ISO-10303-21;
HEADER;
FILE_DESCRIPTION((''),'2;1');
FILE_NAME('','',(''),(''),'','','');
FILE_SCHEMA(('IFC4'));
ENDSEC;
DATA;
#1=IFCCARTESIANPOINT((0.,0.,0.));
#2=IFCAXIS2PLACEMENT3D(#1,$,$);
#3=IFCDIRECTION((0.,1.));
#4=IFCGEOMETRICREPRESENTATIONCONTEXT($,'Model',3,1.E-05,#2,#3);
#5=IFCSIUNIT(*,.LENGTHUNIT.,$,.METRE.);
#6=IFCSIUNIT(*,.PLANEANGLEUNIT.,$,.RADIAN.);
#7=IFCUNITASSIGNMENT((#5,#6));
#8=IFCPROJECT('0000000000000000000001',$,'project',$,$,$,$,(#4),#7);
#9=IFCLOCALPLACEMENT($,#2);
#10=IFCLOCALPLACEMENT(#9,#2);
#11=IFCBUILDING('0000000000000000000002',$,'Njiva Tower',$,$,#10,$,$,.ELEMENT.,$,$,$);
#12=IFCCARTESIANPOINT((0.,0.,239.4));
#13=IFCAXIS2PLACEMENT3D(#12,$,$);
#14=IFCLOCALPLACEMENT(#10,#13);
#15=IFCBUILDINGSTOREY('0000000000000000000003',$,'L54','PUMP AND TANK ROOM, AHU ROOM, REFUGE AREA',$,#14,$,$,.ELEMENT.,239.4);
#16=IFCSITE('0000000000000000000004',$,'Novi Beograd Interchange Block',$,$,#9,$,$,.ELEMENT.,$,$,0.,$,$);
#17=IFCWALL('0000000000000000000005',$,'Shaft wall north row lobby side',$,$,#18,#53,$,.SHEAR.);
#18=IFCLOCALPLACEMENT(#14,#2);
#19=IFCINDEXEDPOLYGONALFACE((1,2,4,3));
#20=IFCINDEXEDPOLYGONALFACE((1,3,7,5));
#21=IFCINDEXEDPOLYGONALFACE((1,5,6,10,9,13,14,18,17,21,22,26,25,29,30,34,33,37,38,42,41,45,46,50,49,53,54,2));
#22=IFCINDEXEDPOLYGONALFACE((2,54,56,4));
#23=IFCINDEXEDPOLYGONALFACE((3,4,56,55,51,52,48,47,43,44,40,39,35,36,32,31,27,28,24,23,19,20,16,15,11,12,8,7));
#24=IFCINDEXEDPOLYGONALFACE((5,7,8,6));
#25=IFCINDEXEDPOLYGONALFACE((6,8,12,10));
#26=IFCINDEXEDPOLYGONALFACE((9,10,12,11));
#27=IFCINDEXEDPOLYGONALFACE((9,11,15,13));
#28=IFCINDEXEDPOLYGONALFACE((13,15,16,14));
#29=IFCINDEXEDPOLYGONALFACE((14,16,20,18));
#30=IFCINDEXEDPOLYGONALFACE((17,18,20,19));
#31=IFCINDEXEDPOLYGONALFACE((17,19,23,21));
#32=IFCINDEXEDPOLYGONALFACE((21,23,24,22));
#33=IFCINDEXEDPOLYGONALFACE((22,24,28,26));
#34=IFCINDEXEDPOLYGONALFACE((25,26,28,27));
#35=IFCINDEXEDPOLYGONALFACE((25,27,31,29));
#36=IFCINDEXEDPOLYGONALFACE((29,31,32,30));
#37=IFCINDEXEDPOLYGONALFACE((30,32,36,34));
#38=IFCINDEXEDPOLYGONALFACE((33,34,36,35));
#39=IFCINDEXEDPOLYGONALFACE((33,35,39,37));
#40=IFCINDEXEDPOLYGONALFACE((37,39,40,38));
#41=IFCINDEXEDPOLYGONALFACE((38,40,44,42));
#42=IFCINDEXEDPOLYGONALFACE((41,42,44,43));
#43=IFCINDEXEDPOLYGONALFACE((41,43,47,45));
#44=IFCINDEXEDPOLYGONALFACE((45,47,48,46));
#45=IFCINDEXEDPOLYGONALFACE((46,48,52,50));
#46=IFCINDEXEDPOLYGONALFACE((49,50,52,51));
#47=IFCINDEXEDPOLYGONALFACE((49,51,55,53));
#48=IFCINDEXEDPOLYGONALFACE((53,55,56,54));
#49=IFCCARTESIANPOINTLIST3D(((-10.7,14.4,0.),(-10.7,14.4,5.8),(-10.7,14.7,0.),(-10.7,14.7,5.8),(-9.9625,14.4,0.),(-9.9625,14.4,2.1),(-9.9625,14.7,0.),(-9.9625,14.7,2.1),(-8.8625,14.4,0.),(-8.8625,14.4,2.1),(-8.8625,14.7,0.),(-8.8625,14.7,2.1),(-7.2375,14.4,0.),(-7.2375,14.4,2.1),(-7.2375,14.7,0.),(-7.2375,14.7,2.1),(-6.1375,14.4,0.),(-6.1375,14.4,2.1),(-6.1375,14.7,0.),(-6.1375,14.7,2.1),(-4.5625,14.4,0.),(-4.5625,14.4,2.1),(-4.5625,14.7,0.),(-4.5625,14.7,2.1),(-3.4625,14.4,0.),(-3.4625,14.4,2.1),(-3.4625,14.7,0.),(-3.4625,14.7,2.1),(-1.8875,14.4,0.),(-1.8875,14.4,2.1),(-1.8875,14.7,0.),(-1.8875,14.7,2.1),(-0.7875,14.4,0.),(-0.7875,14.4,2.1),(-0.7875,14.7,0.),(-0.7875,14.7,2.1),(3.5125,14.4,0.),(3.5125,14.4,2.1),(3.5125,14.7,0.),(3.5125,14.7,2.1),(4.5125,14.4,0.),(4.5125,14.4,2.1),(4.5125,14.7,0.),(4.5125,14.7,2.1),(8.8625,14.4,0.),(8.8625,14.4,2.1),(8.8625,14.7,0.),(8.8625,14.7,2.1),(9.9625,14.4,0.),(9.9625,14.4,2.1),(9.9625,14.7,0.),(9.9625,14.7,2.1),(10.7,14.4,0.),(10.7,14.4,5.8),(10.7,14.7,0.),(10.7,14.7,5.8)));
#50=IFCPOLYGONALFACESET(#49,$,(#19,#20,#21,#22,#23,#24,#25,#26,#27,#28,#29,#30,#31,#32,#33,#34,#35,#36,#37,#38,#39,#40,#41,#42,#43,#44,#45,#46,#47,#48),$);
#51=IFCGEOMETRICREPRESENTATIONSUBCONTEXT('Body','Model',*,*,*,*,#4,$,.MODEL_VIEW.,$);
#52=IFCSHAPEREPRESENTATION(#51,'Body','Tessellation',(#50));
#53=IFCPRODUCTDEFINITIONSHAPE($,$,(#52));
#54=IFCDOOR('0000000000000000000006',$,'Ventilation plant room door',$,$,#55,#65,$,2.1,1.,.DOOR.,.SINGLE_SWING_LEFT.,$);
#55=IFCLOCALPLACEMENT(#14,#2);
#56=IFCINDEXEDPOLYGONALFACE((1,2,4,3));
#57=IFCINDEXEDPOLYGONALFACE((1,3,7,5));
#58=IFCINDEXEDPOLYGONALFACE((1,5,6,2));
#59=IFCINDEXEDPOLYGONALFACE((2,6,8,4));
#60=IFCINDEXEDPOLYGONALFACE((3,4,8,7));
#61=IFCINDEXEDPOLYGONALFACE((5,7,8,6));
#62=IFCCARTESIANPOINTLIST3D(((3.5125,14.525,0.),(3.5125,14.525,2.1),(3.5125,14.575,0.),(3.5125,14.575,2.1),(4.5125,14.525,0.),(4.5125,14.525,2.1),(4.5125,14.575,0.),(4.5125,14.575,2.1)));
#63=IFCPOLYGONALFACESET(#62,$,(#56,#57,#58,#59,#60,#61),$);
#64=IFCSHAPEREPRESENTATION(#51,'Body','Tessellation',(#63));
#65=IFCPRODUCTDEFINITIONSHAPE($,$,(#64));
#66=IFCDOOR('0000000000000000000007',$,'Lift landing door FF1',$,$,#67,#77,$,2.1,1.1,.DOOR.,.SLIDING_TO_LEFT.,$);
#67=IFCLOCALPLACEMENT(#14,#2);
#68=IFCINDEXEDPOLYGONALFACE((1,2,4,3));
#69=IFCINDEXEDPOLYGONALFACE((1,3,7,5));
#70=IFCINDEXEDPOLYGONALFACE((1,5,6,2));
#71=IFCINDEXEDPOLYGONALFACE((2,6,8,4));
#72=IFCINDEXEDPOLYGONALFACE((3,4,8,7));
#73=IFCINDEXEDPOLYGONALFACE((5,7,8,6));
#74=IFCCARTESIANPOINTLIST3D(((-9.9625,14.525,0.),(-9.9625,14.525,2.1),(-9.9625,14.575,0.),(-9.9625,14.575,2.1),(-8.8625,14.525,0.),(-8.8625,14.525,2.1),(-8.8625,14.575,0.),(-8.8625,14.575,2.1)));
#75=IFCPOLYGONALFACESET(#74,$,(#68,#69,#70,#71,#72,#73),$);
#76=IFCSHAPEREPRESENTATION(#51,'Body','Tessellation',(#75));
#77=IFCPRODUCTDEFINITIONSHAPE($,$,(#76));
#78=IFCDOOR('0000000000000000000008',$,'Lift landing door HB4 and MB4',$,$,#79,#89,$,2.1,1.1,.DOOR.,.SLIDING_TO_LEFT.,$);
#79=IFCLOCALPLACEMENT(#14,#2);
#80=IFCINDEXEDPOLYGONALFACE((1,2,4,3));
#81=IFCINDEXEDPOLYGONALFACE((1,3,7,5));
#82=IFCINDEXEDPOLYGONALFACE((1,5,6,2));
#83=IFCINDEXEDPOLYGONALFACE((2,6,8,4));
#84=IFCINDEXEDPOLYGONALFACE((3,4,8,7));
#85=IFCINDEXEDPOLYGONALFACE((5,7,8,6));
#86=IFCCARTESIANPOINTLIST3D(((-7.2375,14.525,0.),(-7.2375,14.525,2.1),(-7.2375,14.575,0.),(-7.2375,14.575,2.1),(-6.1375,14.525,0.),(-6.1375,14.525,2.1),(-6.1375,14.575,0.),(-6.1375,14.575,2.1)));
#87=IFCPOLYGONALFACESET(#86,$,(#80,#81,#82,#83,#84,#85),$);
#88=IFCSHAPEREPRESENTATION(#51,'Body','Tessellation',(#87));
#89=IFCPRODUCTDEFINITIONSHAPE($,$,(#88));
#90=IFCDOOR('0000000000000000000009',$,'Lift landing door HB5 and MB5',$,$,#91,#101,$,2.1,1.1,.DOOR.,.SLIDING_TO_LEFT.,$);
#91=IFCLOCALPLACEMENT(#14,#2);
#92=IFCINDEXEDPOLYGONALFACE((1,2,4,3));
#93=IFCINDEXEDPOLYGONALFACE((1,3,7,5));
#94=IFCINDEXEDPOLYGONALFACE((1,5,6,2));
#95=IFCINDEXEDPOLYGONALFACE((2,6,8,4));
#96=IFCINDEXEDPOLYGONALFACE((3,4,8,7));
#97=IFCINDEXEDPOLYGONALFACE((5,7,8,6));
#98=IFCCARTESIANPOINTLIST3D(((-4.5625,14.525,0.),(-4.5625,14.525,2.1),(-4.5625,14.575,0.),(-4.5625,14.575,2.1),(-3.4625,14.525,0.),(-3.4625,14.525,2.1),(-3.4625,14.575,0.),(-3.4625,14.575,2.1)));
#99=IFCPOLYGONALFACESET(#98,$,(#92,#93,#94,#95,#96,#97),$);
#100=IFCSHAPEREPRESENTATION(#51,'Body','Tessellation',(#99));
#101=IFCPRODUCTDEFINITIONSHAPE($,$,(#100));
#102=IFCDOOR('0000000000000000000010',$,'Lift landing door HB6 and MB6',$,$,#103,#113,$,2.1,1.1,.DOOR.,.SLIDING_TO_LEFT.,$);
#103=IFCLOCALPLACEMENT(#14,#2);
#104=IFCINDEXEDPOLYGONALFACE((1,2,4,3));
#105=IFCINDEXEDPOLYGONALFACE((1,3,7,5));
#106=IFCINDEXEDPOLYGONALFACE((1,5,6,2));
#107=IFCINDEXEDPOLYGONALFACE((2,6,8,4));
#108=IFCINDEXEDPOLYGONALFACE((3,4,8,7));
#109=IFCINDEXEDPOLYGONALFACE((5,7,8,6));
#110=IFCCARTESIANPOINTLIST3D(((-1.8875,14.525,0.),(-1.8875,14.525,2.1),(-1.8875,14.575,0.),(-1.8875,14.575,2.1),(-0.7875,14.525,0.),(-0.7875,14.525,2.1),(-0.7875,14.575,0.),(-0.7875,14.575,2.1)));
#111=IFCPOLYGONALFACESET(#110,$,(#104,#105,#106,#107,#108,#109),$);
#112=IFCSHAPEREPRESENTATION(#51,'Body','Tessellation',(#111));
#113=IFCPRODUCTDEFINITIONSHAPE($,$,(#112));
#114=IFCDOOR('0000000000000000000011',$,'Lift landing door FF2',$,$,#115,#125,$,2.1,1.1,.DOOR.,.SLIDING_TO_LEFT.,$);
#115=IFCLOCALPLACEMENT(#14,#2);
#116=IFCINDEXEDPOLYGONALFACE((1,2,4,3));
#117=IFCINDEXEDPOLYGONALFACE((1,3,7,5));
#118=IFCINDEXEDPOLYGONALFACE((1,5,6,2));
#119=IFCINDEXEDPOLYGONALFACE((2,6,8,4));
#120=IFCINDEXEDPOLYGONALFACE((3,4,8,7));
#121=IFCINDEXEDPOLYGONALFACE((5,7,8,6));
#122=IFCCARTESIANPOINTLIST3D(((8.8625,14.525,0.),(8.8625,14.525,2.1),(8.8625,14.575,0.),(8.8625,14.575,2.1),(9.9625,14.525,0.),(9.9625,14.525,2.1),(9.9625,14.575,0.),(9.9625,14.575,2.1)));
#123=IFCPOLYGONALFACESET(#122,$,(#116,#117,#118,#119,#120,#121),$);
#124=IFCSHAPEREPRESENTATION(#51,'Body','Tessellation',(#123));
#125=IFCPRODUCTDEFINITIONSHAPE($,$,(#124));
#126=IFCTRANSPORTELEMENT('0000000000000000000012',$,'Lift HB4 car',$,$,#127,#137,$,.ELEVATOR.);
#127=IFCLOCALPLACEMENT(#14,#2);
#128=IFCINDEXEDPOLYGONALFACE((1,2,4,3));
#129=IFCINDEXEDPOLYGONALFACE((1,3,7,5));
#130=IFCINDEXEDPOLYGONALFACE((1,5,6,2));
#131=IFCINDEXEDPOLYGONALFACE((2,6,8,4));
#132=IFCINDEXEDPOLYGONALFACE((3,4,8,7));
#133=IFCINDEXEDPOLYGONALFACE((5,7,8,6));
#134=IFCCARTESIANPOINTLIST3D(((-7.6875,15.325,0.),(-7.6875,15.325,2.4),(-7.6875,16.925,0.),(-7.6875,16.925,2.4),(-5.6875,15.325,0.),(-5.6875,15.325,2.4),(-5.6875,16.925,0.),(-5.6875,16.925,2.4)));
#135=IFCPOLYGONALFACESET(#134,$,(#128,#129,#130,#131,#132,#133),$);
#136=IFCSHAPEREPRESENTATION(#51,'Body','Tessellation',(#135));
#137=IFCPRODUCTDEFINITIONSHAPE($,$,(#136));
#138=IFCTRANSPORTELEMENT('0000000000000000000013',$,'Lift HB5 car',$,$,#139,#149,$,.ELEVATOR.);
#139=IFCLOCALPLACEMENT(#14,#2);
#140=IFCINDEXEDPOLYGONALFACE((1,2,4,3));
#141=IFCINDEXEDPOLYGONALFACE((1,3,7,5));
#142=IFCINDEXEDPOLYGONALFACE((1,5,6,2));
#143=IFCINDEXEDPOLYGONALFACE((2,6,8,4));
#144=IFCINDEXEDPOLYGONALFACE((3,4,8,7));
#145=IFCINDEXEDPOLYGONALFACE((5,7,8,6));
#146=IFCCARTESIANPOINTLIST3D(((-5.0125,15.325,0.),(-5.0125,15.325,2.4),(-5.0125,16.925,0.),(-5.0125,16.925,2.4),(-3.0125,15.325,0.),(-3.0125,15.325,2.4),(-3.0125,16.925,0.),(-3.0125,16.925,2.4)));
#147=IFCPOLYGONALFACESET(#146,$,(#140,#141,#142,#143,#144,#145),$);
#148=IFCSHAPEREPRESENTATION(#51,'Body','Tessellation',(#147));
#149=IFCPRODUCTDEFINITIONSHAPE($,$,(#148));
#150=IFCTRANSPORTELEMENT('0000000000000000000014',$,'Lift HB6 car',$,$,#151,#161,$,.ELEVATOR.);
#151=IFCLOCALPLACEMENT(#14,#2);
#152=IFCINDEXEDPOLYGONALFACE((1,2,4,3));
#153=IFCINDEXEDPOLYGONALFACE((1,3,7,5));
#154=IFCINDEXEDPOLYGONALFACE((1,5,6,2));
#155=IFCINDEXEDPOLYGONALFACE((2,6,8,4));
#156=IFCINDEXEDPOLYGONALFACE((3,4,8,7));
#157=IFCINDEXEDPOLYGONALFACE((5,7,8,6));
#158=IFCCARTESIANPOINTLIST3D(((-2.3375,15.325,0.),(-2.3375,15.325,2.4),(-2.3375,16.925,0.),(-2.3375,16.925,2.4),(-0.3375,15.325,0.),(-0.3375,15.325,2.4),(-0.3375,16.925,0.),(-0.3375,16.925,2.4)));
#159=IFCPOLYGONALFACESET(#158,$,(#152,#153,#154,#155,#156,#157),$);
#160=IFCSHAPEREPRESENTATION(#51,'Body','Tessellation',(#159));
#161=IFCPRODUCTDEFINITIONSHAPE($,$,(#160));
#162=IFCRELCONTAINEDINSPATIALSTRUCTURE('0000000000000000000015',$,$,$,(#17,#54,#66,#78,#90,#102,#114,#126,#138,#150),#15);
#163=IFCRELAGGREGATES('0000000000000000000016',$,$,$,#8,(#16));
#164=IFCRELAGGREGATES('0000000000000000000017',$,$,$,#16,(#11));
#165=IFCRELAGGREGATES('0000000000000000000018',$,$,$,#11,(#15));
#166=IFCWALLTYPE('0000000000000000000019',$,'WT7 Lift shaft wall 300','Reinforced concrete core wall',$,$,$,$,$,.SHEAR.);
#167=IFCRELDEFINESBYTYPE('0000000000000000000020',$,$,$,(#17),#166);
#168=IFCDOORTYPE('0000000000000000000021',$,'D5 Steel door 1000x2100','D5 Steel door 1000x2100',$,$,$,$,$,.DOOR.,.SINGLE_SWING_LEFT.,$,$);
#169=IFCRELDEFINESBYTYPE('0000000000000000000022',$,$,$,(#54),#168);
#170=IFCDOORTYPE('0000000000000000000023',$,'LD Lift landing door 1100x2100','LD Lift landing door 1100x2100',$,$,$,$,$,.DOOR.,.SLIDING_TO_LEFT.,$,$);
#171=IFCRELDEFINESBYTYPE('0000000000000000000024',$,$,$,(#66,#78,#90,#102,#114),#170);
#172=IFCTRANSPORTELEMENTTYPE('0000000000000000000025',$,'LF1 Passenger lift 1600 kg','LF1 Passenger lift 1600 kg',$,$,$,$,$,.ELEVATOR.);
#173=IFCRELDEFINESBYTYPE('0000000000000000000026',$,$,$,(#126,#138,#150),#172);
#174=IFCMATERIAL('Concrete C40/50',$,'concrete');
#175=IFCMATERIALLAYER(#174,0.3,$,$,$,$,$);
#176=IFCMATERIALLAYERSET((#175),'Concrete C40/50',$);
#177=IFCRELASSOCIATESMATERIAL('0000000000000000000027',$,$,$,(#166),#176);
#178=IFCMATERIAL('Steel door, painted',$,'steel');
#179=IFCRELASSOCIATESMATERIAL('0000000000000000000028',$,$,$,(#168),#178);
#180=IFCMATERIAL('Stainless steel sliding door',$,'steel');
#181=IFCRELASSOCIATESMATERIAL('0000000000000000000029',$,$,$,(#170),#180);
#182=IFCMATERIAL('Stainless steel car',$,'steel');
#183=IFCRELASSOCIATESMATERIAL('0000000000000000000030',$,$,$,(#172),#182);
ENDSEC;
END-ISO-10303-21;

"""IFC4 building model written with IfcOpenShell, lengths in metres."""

from ifc_helpers import new_model, si_unit, direction, frame, frame_2d, origin, origin_2d, place, context, subcontext, project, spatial, rectangle, extrude, material, layer, layer_set, type_object, element, fill, save


model = new_model("IFC4")

# Units and contexts
model_context = context("Model", 3, precision=1e-05, world=origin(), true_north=direction((0.0, 1.0)))
body_context = subcontext(model_context, "Body", "Model", "MODEL_VIEW")
ifc_project = project(units=[si_unit("LENGTHUNIT", "METRE"), si_unit("PLANEANGLEUNIT", "RADIAN")], contexts=[model_context])

# Site, building, storey
site_placement = place(None, origin())
site = spatial("IfcSite", under=ifc_project, at=site_placement, Name="Novi Beograd Interchange Block", CompositionType="ELEMENT", RefElevation=0.0)
building_placement = place(site_placement, origin())
building = spatial("IfcBuilding", under=site, at=building_placement, Name="Njiva Tower", CompositionType="ELEMENT")
storey_placement = place(building_placement, frame((0.0, 0.0, 239.4)))
storey = spatial("IfcBuildingStorey", under=building, at=storey_placement, Name="L54", Description="PUMP AND TANK ROOM, AHU ROOM, REFUGE AREA", CompositionType="ELEMENT", Elevation=239.4)

# Shared definitions
ifc_material_1 = material(Name="Concrete C40/50", Category="concrete")

# Wall, openings, doors
ifc_layer_1 = layer(ifc_material_1, 0.3)
ifc_layer_set_1 = layer_set([ifc_layer_1], Name="Concrete C40/50")
wall_type_1 = type_object("IfcWallType", Name="WT7 Lift shaft wall 300", Description="Reinforced concrete core wall", PredefinedType="SHEAR", material=ifc_layer_set_1)
wall_1_placement = place(storey_placement, frame((-10.7, 14.55, 0.0), z_axis=(0.0, 0.0, 1.0), x_axis=(1.0, 0.0, 0.0)))
wall_1 = element("IfcWall", 1, at=wall_1_placement, inside=storey, type_object=wall_type_1, Name="Shaft wall north row lobby side", PredefinedType="SHEAR", context=body_context, shape_type="SweptSolid", body=[
    extrude(rectangle(XDim=21.4, YDim=0.3, at=frame_2d((10.7, 0.0))), origin(), (0.0, 0.0, 1.0), 5.8),
])
opening_1_placement = place(wall_1_placement, frame((0.7375, 0.0, 0.0)))
opening_1 = element("IfcOpeningElement", 2, at=opening_1_placement, cuts=wall_1, PredefinedType="OPENING", context=body_context, shape_type="SweptSolid", body=[
    extrude(rectangle(XDim=1.1, YDim=2.1, at=frame_2d((0.55, 1.05))), frame((0.0, 0.16, 0.0), z_axis=(0.0, -1.0, 0.0), x_axis=(1.0, 0.0, 0.0)), (0.0, 0.0, 1.0), 0.32),
])
opening_2_placement = place(wall_1_placement, frame((3.4625, 0.0, 0.0)))
opening_2 = element("IfcOpeningElement", 3, at=opening_2_placement, cuts=wall_1, PredefinedType="OPENING", context=body_context, shape_type="SweptSolid", body=[
    extrude(rectangle(XDim=1.1, YDim=2.1, at=frame_2d((0.55, 1.05))), frame((0.0, 0.16, 0.0), z_axis=(0.0, -1.0, 0.0), x_axis=(1.0, 0.0, 0.0)), (0.0, 0.0, 1.0), 0.32),
])
opening_3_placement = place(wall_1_placement, frame((6.1375, 0.0, 0.0)))
opening_3 = element("IfcOpeningElement", 4, at=opening_3_placement, cuts=wall_1, PredefinedType="OPENING", context=body_context, shape_type="SweptSolid", body=[
    extrude(rectangle(XDim=1.1, YDim=2.1, at=frame_2d((0.55, 1.05))), frame((0.0, 0.16, 0.0), z_axis=(0.0, -1.0, 0.0), x_axis=(1.0, 0.0, 0.0)), (0.0, 0.0, 1.0), 0.32),
])
opening_4_placement = place(wall_1_placement, frame((8.8125, 0.0, 0.0)))
opening_4 = element("IfcOpeningElement", 5, at=opening_4_placement, cuts=wall_1, PredefinedType="OPENING", context=body_context, shape_type="SweptSolid", body=[
    extrude(rectangle(XDim=1.1, YDim=2.1, at=frame_2d((0.55, 1.05))), frame((0.0, 0.16, 0.0), z_axis=(0.0, -1.0, 0.0), x_axis=(1.0, 0.0, 0.0)), (0.0, 0.0, 1.0), 0.32),
])
opening_5_placement = place(wall_1_placement, frame((19.5625, 0.0, 0.0)))
opening_5 = element("IfcOpeningElement", 6, at=opening_5_placement, cuts=wall_1, PredefinedType="OPENING", context=body_context, shape_type="SweptSolid", body=[
    extrude(rectangle(XDim=1.1, YDim=2.1, at=frame_2d((0.55, 1.05))), frame((0.0, 0.16, 0.0), z_axis=(0.0, -1.0, 0.0), x_axis=(1.0, 0.0, 0.0)), (0.0, 0.0, 1.0), 0.32),
])
opening_6_placement = place(wall_1_placement, frame((14.2125, 0.0, 0.0)))
opening_6 = element("IfcOpeningElement", 7, at=opening_6_placement, cuts=wall_1, PredefinedType="OPENING", context=body_context, shape_type="SweptSolid", body=[
    extrude(rectangle(XDim=1.0, YDim=2.1, at=frame_2d((0.5, 1.05))), frame((0.0, 0.16, 0.0), z_axis=(0.0, -1.0, 0.0), x_axis=(1.0, 0.0, 0.0)), (0.0, 0.0, 1.0), 0.32),
])
ifc_material_2 = material(Name="Steel door, painted", Category="steel")
door_type_1 = type_object("IfcDoorType", Name="D5 Steel door 1000x2100", Description="D5 Steel door 1000x2100", OperationType="SINGLE_SWING_LEFT", PredefinedType="DOOR", material=ifc_material_2)
door_1_placement = place(opening_6_placement, origin())
door_1 = element("IfcDoor", 8, at=door_1_placement, inside=storey, type_object=door_type_1, Name="Ventilation plant room door", OperationType="SINGLE_SWING_LEFT", OverallHeight=2.1, OverallWidth=1.0, PredefinedType="DOOR", context=body_context, shape_type="SweptSolid", body=[
    extrude(rectangle(XDim=1.0, YDim=2.1, at=frame_2d((0.5, 1.05))), frame((0.0, 0.025, 0.0), z_axis=(0.0, -1.0, 0.0), x_axis=(1.0, 0.0, 0.0)), (0.0, 0.0, 1.0), 0.05),
])
fill(opening_6, door_1)
ifc_material_3 = material(Name="Stainless steel sliding door", Category="steel")
door_type_2 = type_object("IfcDoorType", Name="LD Lift landing door 1100x2100", Description="LD Lift landing door 1100x2100", OperationType="SLIDING_TO_LEFT", PredefinedType="DOOR", material=ifc_material_3)
door_2_placement = place(opening_1_placement, origin())
door_2 = element("IfcDoor", 9, at=door_2_placement, inside=storey, type_object=door_type_2, Name="Lift landing door FF1", OperationType="SLIDING_TO_LEFT", OverallHeight=2.1, OverallWidth=1.1, PredefinedType="DOOR", context=body_context, shape_type="SweptSolid", body=[
    extrude(rectangle(XDim=1.1, YDim=2.1, at=frame_2d((0.55, 1.05))), frame((0.0, 0.025, 0.0), z_axis=(0.0, -1.0, 0.0), x_axis=(1.0, 0.0, 0.0)), (0.0, 0.0, 1.0), 0.05),
])
fill(opening_1, door_2)
door_3_placement = place(opening_2_placement, origin())
door_3 = element("IfcDoor", 10, at=door_3_placement, inside=storey, type_object=door_type_2, Name="Lift landing door HB4 and MB4", OperationType="SLIDING_TO_LEFT", OverallHeight=2.1, OverallWidth=1.1, PredefinedType="DOOR", context=body_context, shape_type="SweptSolid", body=[
    extrude(rectangle(XDim=1.1, YDim=2.1, at=frame_2d((0.55, 1.05))), frame((0.0, 0.025, 0.0), z_axis=(0.0, -1.0, 0.0), x_axis=(1.0, 0.0, 0.0)), (0.0, 0.0, 1.0), 0.05),
])
fill(opening_2, door_3)
door_4_placement = place(opening_3_placement, origin())
door_4 = element("IfcDoor", 11, at=door_4_placement, inside=storey, type_object=door_type_2, Name="Lift landing door HB5 and MB5", OperationType="SLIDING_TO_LEFT", OverallHeight=2.1, OverallWidth=1.1, PredefinedType="DOOR", context=body_context, shape_type="SweptSolid", body=[
    extrude(rectangle(XDim=1.1, YDim=2.1, at=frame_2d((0.55, 1.05))), frame((0.0, 0.025, 0.0), z_axis=(0.0, -1.0, 0.0), x_axis=(1.0, 0.0, 0.0)), (0.0, 0.0, 1.0), 0.05),
])
fill(opening_3, door_4)
door_5_placement = place(opening_4_placement, origin())
door_5 = element("IfcDoor", 12, at=door_5_placement, inside=storey, type_object=door_type_2, Name="Lift landing door HB6 and MB6", OperationType="SLIDING_TO_LEFT", OverallHeight=2.1, OverallWidth=1.1, PredefinedType="DOOR", context=body_context, shape_type="SweptSolid", body=[
    extrude(rectangle(XDim=1.1, YDim=2.1, at=frame_2d((0.55, 1.05))), frame((0.0, 0.025, 0.0), z_axis=(0.0, -1.0, 0.0), x_axis=(1.0, 0.0, 0.0)), (0.0, 0.0, 1.0), 0.05),
])
fill(opening_4, door_5)
door_6_placement = place(opening_5_placement, origin())
door_6 = element("IfcDoor", 13, at=door_6_placement, inside=storey, type_object=door_type_2, Name="Lift landing door FF2", OperationType="SLIDING_TO_LEFT", OverallHeight=2.1, OverallWidth=1.1, PredefinedType="DOOR", context=body_context, shape_type="SweptSolid", body=[
    extrude(rectangle(XDim=1.1, YDim=2.1, at=frame_2d((0.55, 1.05))), frame((0.0, 0.025, 0.0), z_axis=(0.0, -1.0, 0.0), x_axis=(1.0, 0.0, 0.0)), (0.0, 0.0, 1.0), 0.05),
])
fill(opening_5, door_6)

# Transport elements
ifc_material_4 = material(Name="Stainless steel car", Category="steel")
transport_element_type = type_object("IfcTransportElementType", Name="LF1 Passenger lift 1600 kg", Description="LF1 Passenger lift 1600 kg", PredefinedType="ELEVATOR", material=ifc_material_4)
for number, where, z_axis, x_axis, name in (
    (14, (-6.6875, 16.125, 0.0), (0.0, 0.0, 1.0), (1.0, 0.0, 0.0), "Lift HB4 car"),
    (15, (-4.0125, 16.125, 0.0), (0.0, 0.0, 1.0), (1.0, 0.0, 0.0), "Lift HB5 car"),
    (16, (-1.3375, 16.125, 0.0), (0.0, 0.0, 1.0), (1.0, 0.0, 0.0), "Lift HB6 car"),
):
    element("IfcTransportElement", number, at=place(storey_placement, frame(where, z_axis=z_axis, x_axis=x_axis)), inside=storey, type_object=transport_element_type, Name=name, PredefinedType="ELEVATOR", context=body_context, shape_type="SweptSolid", body=[
        extrude(rectangle(XDim=2.0, YDim=1.6, at=origin_2d()), origin(), (0.0, 0.0, 1.0), 2.4),
    ])

save(model, "model.ifc")
